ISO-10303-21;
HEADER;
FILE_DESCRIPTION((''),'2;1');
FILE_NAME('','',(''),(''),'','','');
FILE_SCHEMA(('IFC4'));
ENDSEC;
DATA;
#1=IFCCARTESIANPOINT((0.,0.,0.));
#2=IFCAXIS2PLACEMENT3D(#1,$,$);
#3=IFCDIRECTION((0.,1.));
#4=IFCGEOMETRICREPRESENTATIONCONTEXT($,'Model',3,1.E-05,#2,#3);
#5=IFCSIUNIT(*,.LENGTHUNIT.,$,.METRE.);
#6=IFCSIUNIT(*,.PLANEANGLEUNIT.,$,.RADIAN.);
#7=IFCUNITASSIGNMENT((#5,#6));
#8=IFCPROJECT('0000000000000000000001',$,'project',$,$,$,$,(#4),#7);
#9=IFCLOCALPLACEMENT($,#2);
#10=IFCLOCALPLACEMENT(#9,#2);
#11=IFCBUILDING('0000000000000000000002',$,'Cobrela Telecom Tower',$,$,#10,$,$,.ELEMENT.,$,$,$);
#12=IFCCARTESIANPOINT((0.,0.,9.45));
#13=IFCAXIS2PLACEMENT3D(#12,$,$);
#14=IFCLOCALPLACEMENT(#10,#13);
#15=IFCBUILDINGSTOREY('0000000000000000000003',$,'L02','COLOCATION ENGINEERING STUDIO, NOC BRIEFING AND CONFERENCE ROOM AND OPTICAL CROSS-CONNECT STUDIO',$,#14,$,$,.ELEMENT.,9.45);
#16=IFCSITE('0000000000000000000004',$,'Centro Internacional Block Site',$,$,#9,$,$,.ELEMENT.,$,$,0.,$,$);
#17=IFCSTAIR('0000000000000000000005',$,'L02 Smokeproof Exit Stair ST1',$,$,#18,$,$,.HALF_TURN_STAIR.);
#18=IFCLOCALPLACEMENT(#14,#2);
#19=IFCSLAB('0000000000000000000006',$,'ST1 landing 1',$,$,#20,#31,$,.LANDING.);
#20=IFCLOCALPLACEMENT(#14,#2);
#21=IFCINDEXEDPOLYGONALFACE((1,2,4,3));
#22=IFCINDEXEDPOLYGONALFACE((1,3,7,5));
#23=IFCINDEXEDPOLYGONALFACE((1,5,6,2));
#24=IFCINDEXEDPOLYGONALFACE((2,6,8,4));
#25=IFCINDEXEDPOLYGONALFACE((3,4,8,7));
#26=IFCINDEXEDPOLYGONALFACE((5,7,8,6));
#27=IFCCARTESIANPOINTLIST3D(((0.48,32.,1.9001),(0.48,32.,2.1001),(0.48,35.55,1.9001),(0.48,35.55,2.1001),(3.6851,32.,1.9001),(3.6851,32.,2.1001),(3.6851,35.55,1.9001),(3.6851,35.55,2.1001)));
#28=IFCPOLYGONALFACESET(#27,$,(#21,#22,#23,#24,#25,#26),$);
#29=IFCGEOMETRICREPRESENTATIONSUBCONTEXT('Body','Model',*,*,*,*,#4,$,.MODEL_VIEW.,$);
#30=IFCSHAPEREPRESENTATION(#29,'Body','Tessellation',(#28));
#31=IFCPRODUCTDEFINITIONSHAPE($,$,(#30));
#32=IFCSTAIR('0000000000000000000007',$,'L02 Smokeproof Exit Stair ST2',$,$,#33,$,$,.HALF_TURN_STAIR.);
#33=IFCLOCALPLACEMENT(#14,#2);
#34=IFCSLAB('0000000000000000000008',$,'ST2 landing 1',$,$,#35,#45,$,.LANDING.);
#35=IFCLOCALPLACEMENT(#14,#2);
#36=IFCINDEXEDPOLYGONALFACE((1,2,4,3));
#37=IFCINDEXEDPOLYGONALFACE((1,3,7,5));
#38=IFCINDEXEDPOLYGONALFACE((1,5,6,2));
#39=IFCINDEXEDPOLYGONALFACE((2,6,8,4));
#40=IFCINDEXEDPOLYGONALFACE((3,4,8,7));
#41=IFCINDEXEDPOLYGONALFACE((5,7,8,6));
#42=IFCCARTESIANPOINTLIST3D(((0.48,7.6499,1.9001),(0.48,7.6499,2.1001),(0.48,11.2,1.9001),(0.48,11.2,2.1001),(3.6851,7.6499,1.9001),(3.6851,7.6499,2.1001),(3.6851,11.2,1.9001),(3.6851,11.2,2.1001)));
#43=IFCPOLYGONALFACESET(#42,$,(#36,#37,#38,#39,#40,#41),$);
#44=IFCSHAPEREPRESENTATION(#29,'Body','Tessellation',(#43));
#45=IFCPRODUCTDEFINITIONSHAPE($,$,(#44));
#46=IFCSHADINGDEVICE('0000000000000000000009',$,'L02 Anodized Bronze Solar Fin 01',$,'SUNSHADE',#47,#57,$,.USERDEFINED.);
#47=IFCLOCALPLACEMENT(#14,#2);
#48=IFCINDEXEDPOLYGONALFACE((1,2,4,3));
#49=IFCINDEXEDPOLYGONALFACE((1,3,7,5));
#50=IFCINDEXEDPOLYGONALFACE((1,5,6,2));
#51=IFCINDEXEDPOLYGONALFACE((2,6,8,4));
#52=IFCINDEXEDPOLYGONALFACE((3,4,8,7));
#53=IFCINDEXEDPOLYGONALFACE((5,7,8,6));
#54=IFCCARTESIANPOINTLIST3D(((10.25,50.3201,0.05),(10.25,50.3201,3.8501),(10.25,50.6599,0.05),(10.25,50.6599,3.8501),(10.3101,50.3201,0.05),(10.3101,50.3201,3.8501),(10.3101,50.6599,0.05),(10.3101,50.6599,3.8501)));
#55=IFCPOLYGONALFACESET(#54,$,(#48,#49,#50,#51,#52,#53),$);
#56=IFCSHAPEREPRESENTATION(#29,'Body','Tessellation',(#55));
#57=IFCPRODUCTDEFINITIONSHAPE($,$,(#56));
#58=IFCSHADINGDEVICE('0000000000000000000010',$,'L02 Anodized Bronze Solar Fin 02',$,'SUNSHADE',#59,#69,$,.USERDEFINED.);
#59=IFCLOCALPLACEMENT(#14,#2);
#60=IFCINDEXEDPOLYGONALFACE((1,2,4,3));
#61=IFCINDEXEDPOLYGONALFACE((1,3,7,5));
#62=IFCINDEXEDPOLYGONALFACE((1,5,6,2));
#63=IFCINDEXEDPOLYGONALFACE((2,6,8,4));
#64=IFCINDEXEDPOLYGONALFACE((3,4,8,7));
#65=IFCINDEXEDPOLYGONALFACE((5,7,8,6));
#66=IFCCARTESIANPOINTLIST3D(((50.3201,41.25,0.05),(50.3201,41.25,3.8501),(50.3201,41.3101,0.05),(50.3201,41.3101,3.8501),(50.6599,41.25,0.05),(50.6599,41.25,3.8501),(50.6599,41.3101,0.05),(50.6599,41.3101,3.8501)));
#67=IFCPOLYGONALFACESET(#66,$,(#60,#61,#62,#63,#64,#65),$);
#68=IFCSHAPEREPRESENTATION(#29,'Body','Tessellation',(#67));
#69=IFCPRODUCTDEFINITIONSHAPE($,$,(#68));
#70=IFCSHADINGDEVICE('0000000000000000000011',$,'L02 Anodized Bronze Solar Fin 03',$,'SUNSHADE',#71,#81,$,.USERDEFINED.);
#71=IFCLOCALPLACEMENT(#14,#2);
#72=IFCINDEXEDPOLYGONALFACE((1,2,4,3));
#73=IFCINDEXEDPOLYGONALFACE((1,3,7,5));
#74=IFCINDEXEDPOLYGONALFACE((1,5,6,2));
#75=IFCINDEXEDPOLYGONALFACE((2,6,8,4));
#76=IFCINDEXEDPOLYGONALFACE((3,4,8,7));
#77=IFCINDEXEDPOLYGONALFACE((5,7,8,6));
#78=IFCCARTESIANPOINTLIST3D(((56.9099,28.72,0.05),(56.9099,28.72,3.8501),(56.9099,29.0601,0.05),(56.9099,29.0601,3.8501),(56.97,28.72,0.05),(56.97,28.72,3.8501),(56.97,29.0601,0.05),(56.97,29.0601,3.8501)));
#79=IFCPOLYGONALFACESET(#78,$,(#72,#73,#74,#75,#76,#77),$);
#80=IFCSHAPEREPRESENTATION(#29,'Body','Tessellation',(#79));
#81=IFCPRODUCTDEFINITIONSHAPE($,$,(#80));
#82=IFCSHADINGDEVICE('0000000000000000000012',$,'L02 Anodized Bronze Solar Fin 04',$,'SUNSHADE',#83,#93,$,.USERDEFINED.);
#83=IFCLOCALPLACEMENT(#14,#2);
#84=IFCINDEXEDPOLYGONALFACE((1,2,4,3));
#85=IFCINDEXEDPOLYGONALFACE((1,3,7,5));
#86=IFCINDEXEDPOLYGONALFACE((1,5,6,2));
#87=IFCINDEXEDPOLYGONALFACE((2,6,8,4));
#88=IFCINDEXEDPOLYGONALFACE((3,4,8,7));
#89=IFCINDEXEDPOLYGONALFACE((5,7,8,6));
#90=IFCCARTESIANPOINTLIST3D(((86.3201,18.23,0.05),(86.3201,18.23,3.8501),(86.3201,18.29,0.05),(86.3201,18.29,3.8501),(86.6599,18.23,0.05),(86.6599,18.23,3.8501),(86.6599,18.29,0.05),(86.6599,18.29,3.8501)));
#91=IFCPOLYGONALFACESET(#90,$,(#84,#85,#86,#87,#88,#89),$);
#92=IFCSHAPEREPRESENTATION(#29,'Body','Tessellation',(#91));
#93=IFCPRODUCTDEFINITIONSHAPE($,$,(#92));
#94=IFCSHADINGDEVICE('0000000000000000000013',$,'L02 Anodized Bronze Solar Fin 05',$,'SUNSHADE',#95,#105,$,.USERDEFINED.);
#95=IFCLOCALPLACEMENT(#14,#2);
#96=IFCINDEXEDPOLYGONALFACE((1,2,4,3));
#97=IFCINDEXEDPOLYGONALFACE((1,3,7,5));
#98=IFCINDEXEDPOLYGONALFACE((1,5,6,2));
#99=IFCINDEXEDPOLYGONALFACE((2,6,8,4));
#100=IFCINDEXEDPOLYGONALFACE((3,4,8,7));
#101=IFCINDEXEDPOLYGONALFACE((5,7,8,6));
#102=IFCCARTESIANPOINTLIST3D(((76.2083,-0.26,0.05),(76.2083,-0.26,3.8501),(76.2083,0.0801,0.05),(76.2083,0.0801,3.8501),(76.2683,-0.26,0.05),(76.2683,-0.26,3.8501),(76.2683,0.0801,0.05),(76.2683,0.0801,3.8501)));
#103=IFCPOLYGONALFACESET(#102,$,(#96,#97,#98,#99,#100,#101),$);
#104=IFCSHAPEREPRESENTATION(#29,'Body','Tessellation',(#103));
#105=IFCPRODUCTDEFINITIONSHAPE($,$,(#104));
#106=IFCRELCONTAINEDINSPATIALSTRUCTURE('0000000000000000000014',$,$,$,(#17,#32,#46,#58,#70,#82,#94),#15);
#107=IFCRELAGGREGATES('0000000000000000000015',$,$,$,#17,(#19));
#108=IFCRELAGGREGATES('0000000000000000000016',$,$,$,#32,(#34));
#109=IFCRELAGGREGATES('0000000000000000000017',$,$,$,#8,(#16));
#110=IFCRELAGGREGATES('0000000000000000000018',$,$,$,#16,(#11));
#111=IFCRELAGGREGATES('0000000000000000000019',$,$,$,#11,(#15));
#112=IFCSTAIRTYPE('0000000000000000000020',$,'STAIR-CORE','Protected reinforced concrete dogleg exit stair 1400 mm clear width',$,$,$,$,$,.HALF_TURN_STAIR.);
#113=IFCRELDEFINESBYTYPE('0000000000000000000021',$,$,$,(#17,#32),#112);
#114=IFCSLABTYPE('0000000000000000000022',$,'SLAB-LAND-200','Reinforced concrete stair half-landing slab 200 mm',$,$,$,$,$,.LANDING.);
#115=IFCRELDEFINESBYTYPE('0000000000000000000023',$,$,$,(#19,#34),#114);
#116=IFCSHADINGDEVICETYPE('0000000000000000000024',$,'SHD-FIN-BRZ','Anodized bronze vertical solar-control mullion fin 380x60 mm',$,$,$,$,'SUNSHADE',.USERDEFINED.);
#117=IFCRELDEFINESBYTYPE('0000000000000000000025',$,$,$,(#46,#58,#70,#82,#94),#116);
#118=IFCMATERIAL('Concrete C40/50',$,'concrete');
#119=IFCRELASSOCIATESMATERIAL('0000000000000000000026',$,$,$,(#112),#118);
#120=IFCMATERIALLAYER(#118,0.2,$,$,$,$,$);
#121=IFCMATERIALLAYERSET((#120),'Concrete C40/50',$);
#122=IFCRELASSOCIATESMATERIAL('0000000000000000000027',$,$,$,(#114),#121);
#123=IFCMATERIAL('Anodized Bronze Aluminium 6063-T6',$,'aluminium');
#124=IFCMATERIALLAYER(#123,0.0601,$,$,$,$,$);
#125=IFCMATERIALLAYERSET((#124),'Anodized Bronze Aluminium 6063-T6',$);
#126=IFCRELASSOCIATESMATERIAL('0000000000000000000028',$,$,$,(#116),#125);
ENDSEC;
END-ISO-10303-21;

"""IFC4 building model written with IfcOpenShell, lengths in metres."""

from ifc_helpers import new_model, si_unit, direction, frame, origin, place, context, subcontext, project, spatial, polyline, outline, extrude, material, layer, layer_set, type_object, element, aggregate, save


model = new_model("IFC4")

# Units and contexts
model_context = context("Model", 3, precision=1e-05, world=origin(), true_north=direction((0.0, 1.0)))
body_context = subcontext(model_context, "Body", "Model", "MODEL_VIEW")
ifc_project = project(units=[si_unit("LENGTHUNIT", "METRE"), si_unit("PLANEANGLEUNIT", "RADIAN")], contexts=[model_context])

# Site, building, storey
site_placement = place(None, origin())
site = spatial("IfcSite", under=ifc_project, at=site_placement, Name="Centro Internacional Block Site", CompositionType="ELEMENT", RefElevation=0.0)
building_placement = place(site_placement, origin())
building = spatial("IfcBuilding", under=site, at=building_placement, Name="Cobrela Telecom Tower", CompositionType="ELEMENT")
storey_placement = place(building_placement, frame((0.0, 0.0, 9.45)))
storey = spatial("IfcBuildingStorey", under=building, at=storey_placement, Name="L02", Description="COLOCATION ENGINEERING STUDIO, NOC BRIEFING AND CONFERENCE ROOM AND OPTICAL CROSS-CONNECT STUDIO", CompositionType="ELEMENT", Elevation=9.45)

# Shared definitions
ifc_material_1 = material(Name="Concrete C40/50", Category="concrete")

# Stairs, slabs
stair_type = type_object("IfcStairType", Name="STAIR-CORE", Description="Protected reinforced concrete dogleg exit stair 1400 mm clear width", PredefinedType="HALF_TURN_STAIR", material=ifc_material_1)
stair_1_placement = place(storey_placement, origin())
stair_1 = element("IfcStair", 1, at=stair_1_placement, inside=storey, type_object=stair_type, Name="L02 Smokeproof Exit Stair ST1", PredefinedType="HALF_TURN_STAIR")
ifc_layer_1 = layer(ifc_material_1, 0.2)
ifc_layer_set_1 = layer_set([ifc_layer_1], Name="Concrete C40/50")
slab_type_1 = type_object("IfcSlabType", Name="SLAB-LAND-200", Description="Reinforced concrete stair half-landing slab 200 mm", PredefinedType="LANDING", material=ifc_layer_set_1)
slab_1_placement = place(storey_placement, frame((0.0, 0.0, 1.9001)))
slab_1 = element("IfcSlab", 2, at=slab_1_placement, type_object=slab_type_1, Name="ST1 landing 1", PredefinedType="LANDING", context=body_context, shape_type="SweptSolid", body=[
    extrude(outline(polyline([(3.6851, 35.55), (0.48, 35.55), (0.48, 32.0), (3.6851, 32.0), (3.6851, 35.55)])), origin(), (0.0, 0.0, 1.0), 0.2),
])
aggregate(stair_1, [slab_1])
stair_2_placement = place(storey_placement, origin())
stair_2 = element("IfcStair", 3, at=stair_2_placement, inside=storey, type_object=stair_type, Name="L02 Smokeproof Exit Stair ST2", PredefinedType="HALF_TURN_STAIR")
slab_2_placement = place(storey_placement, frame((0.0, 0.0, 1.9001)))
slab_2 = element("IfcSlab", 4, at=slab_2_placement, type_object=slab_type_1, Name="ST2 landing 1", PredefinedType="LANDING", context=body_context, shape_type="SweptSolid", body=[
    extrude(outline(polyline([(3.6851, 11.2), (0.48, 11.2), (0.48, 7.6499), (3.6851, 7.6499), (3.6851, 11.2)])), origin(), (0.0, 0.0, 1.0), 0.2),
])
aggregate(stair_2, [slab_2])

# Shading devices
ifc_material_2 = material(Name="Anodized Bronze Aluminium 6063-T6", Category="aluminium")
ifc_layer_2 = layer(ifc_material_2, 0.0601)
ifc_layer_set_2 = layer_set([ifc_layer_2], Name="Anodized Bronze Aluminium 6063-T6")
shading_device_type = type_object("IfcShadingDeviceType", Name="SHD-FIN-BRZ", Description="Anodized bronze vertical solar-control mullion fin 380x60 mm", ElementType="SUNSHADE", PredefinedType="USERDEFINED", material=ifc_layer_set_2)
shading_device_1_placement = place(storey_placement, frame((0.0, 0.0, 0.05)))
element("IfcShadingDevice", 5, at=shading_device_1_placement, inside=storey, type_object=shading_device_type, Name="L02 Anodized Bronze Solar Fin 01", ObjectType="SUNSHADE", PredefinedType="USERDEFINED", context=body_context, shape_type="SweptSolid", body=[
    extrude(outline(polyline([(10.25, 50.3201), (10.3101, 50.3201), (10.3101, 50.6599), (10.25, 50.6599), (10.25, 50.3201)])), origin(), (0.0, 0.0, 1.0), 3.8),
])
shading_device_2_placement = place(storey_placement, frame((0.0, 0.0, 0.05)))
element("IfcShadingDevice", 6, at=shading_device_2_placement, inside=storey, type_object=shading_device_type, Name="L02 Anodized Bronze Solar Fin 02", ObjectType="SUNSHADE", PredefinedType="USERDEFINED", context=body_context, shape_type="SweptSolid", body=[
    extrude(outline(polyline([(50.3201, 41.3101), (50.3201, 41.25), (50.6599, 41.25), (50.6599, 41.3101), (50.3201, 41.3101)])), origin(), (0.0, 0.0, 1.0), 3.8),
])
shading_device_3_placement = place(storey_placement, frame((0.0, 0.0, 0.05)))
element("IfcShadingDevice", 7, at=shading_device_3_placement, inside=storey, type_object=shading_device_type, Name="L02 Anodized Bronze Solar Fin 03", ObjectType="SUNSHADE", PredefinedType="USERDEFINED", context=body_context, shape_type="SweptSolid", body=[
    extrude(outline(polyline([(56.9099, 28.72), (56.97, 28.72), (56.97, 29.0601), (56.9099, 29.0601), (56.9099, 28.72)])), origin(), (0.0, 0.0, 1.0), 3.8),
])
shading_device_4_placement = place(storey_placement, frame((0.0, 0.0, 0.05)))
element("IfcShadingDevice", 8, at=shading_device_4_placement, inside=storey, type_object=shading_device_type, Name="L02 Anodized Bronze Solar Fin 04", ObjectType="SUNSHADE", PredefinedType="USERDEFINED", context=body_context, shape_type="SweptSolid", body=[
    extrude(outline(polyline([(86.3201, 18.29), (86.3201, 18.23), (86.6599, 18.23), (86.6599, 18.29), (86.3201, 18.29)])), origin(), (0.0, 0.0, 1.0), 3.8),
])
shading_device_5_placement = place(storey_placement, frame((0.0, 0.0, 0.05)))
element("IfcShadingDevice", 9, at=shading_device_5_placement, inside=storey, type_object=shading_device_type, Name="L02 Anodized Bronze Solar Fin 05", ObjectType="SUNSHADE", PredefinedType="USERDEFINED", context=body_context, shape_type="SweptSolid", body=[
    extrude(outline(polyline([(76.2683, 0.0801), (76.2083, 0.0801), (76.2083, -0.26), (76.2683, -0.26), (76.2683, 0.0801)])), origin(), (0.0, 0.0, 1.0), 3.8),
])

save(model, "model.ifc")
